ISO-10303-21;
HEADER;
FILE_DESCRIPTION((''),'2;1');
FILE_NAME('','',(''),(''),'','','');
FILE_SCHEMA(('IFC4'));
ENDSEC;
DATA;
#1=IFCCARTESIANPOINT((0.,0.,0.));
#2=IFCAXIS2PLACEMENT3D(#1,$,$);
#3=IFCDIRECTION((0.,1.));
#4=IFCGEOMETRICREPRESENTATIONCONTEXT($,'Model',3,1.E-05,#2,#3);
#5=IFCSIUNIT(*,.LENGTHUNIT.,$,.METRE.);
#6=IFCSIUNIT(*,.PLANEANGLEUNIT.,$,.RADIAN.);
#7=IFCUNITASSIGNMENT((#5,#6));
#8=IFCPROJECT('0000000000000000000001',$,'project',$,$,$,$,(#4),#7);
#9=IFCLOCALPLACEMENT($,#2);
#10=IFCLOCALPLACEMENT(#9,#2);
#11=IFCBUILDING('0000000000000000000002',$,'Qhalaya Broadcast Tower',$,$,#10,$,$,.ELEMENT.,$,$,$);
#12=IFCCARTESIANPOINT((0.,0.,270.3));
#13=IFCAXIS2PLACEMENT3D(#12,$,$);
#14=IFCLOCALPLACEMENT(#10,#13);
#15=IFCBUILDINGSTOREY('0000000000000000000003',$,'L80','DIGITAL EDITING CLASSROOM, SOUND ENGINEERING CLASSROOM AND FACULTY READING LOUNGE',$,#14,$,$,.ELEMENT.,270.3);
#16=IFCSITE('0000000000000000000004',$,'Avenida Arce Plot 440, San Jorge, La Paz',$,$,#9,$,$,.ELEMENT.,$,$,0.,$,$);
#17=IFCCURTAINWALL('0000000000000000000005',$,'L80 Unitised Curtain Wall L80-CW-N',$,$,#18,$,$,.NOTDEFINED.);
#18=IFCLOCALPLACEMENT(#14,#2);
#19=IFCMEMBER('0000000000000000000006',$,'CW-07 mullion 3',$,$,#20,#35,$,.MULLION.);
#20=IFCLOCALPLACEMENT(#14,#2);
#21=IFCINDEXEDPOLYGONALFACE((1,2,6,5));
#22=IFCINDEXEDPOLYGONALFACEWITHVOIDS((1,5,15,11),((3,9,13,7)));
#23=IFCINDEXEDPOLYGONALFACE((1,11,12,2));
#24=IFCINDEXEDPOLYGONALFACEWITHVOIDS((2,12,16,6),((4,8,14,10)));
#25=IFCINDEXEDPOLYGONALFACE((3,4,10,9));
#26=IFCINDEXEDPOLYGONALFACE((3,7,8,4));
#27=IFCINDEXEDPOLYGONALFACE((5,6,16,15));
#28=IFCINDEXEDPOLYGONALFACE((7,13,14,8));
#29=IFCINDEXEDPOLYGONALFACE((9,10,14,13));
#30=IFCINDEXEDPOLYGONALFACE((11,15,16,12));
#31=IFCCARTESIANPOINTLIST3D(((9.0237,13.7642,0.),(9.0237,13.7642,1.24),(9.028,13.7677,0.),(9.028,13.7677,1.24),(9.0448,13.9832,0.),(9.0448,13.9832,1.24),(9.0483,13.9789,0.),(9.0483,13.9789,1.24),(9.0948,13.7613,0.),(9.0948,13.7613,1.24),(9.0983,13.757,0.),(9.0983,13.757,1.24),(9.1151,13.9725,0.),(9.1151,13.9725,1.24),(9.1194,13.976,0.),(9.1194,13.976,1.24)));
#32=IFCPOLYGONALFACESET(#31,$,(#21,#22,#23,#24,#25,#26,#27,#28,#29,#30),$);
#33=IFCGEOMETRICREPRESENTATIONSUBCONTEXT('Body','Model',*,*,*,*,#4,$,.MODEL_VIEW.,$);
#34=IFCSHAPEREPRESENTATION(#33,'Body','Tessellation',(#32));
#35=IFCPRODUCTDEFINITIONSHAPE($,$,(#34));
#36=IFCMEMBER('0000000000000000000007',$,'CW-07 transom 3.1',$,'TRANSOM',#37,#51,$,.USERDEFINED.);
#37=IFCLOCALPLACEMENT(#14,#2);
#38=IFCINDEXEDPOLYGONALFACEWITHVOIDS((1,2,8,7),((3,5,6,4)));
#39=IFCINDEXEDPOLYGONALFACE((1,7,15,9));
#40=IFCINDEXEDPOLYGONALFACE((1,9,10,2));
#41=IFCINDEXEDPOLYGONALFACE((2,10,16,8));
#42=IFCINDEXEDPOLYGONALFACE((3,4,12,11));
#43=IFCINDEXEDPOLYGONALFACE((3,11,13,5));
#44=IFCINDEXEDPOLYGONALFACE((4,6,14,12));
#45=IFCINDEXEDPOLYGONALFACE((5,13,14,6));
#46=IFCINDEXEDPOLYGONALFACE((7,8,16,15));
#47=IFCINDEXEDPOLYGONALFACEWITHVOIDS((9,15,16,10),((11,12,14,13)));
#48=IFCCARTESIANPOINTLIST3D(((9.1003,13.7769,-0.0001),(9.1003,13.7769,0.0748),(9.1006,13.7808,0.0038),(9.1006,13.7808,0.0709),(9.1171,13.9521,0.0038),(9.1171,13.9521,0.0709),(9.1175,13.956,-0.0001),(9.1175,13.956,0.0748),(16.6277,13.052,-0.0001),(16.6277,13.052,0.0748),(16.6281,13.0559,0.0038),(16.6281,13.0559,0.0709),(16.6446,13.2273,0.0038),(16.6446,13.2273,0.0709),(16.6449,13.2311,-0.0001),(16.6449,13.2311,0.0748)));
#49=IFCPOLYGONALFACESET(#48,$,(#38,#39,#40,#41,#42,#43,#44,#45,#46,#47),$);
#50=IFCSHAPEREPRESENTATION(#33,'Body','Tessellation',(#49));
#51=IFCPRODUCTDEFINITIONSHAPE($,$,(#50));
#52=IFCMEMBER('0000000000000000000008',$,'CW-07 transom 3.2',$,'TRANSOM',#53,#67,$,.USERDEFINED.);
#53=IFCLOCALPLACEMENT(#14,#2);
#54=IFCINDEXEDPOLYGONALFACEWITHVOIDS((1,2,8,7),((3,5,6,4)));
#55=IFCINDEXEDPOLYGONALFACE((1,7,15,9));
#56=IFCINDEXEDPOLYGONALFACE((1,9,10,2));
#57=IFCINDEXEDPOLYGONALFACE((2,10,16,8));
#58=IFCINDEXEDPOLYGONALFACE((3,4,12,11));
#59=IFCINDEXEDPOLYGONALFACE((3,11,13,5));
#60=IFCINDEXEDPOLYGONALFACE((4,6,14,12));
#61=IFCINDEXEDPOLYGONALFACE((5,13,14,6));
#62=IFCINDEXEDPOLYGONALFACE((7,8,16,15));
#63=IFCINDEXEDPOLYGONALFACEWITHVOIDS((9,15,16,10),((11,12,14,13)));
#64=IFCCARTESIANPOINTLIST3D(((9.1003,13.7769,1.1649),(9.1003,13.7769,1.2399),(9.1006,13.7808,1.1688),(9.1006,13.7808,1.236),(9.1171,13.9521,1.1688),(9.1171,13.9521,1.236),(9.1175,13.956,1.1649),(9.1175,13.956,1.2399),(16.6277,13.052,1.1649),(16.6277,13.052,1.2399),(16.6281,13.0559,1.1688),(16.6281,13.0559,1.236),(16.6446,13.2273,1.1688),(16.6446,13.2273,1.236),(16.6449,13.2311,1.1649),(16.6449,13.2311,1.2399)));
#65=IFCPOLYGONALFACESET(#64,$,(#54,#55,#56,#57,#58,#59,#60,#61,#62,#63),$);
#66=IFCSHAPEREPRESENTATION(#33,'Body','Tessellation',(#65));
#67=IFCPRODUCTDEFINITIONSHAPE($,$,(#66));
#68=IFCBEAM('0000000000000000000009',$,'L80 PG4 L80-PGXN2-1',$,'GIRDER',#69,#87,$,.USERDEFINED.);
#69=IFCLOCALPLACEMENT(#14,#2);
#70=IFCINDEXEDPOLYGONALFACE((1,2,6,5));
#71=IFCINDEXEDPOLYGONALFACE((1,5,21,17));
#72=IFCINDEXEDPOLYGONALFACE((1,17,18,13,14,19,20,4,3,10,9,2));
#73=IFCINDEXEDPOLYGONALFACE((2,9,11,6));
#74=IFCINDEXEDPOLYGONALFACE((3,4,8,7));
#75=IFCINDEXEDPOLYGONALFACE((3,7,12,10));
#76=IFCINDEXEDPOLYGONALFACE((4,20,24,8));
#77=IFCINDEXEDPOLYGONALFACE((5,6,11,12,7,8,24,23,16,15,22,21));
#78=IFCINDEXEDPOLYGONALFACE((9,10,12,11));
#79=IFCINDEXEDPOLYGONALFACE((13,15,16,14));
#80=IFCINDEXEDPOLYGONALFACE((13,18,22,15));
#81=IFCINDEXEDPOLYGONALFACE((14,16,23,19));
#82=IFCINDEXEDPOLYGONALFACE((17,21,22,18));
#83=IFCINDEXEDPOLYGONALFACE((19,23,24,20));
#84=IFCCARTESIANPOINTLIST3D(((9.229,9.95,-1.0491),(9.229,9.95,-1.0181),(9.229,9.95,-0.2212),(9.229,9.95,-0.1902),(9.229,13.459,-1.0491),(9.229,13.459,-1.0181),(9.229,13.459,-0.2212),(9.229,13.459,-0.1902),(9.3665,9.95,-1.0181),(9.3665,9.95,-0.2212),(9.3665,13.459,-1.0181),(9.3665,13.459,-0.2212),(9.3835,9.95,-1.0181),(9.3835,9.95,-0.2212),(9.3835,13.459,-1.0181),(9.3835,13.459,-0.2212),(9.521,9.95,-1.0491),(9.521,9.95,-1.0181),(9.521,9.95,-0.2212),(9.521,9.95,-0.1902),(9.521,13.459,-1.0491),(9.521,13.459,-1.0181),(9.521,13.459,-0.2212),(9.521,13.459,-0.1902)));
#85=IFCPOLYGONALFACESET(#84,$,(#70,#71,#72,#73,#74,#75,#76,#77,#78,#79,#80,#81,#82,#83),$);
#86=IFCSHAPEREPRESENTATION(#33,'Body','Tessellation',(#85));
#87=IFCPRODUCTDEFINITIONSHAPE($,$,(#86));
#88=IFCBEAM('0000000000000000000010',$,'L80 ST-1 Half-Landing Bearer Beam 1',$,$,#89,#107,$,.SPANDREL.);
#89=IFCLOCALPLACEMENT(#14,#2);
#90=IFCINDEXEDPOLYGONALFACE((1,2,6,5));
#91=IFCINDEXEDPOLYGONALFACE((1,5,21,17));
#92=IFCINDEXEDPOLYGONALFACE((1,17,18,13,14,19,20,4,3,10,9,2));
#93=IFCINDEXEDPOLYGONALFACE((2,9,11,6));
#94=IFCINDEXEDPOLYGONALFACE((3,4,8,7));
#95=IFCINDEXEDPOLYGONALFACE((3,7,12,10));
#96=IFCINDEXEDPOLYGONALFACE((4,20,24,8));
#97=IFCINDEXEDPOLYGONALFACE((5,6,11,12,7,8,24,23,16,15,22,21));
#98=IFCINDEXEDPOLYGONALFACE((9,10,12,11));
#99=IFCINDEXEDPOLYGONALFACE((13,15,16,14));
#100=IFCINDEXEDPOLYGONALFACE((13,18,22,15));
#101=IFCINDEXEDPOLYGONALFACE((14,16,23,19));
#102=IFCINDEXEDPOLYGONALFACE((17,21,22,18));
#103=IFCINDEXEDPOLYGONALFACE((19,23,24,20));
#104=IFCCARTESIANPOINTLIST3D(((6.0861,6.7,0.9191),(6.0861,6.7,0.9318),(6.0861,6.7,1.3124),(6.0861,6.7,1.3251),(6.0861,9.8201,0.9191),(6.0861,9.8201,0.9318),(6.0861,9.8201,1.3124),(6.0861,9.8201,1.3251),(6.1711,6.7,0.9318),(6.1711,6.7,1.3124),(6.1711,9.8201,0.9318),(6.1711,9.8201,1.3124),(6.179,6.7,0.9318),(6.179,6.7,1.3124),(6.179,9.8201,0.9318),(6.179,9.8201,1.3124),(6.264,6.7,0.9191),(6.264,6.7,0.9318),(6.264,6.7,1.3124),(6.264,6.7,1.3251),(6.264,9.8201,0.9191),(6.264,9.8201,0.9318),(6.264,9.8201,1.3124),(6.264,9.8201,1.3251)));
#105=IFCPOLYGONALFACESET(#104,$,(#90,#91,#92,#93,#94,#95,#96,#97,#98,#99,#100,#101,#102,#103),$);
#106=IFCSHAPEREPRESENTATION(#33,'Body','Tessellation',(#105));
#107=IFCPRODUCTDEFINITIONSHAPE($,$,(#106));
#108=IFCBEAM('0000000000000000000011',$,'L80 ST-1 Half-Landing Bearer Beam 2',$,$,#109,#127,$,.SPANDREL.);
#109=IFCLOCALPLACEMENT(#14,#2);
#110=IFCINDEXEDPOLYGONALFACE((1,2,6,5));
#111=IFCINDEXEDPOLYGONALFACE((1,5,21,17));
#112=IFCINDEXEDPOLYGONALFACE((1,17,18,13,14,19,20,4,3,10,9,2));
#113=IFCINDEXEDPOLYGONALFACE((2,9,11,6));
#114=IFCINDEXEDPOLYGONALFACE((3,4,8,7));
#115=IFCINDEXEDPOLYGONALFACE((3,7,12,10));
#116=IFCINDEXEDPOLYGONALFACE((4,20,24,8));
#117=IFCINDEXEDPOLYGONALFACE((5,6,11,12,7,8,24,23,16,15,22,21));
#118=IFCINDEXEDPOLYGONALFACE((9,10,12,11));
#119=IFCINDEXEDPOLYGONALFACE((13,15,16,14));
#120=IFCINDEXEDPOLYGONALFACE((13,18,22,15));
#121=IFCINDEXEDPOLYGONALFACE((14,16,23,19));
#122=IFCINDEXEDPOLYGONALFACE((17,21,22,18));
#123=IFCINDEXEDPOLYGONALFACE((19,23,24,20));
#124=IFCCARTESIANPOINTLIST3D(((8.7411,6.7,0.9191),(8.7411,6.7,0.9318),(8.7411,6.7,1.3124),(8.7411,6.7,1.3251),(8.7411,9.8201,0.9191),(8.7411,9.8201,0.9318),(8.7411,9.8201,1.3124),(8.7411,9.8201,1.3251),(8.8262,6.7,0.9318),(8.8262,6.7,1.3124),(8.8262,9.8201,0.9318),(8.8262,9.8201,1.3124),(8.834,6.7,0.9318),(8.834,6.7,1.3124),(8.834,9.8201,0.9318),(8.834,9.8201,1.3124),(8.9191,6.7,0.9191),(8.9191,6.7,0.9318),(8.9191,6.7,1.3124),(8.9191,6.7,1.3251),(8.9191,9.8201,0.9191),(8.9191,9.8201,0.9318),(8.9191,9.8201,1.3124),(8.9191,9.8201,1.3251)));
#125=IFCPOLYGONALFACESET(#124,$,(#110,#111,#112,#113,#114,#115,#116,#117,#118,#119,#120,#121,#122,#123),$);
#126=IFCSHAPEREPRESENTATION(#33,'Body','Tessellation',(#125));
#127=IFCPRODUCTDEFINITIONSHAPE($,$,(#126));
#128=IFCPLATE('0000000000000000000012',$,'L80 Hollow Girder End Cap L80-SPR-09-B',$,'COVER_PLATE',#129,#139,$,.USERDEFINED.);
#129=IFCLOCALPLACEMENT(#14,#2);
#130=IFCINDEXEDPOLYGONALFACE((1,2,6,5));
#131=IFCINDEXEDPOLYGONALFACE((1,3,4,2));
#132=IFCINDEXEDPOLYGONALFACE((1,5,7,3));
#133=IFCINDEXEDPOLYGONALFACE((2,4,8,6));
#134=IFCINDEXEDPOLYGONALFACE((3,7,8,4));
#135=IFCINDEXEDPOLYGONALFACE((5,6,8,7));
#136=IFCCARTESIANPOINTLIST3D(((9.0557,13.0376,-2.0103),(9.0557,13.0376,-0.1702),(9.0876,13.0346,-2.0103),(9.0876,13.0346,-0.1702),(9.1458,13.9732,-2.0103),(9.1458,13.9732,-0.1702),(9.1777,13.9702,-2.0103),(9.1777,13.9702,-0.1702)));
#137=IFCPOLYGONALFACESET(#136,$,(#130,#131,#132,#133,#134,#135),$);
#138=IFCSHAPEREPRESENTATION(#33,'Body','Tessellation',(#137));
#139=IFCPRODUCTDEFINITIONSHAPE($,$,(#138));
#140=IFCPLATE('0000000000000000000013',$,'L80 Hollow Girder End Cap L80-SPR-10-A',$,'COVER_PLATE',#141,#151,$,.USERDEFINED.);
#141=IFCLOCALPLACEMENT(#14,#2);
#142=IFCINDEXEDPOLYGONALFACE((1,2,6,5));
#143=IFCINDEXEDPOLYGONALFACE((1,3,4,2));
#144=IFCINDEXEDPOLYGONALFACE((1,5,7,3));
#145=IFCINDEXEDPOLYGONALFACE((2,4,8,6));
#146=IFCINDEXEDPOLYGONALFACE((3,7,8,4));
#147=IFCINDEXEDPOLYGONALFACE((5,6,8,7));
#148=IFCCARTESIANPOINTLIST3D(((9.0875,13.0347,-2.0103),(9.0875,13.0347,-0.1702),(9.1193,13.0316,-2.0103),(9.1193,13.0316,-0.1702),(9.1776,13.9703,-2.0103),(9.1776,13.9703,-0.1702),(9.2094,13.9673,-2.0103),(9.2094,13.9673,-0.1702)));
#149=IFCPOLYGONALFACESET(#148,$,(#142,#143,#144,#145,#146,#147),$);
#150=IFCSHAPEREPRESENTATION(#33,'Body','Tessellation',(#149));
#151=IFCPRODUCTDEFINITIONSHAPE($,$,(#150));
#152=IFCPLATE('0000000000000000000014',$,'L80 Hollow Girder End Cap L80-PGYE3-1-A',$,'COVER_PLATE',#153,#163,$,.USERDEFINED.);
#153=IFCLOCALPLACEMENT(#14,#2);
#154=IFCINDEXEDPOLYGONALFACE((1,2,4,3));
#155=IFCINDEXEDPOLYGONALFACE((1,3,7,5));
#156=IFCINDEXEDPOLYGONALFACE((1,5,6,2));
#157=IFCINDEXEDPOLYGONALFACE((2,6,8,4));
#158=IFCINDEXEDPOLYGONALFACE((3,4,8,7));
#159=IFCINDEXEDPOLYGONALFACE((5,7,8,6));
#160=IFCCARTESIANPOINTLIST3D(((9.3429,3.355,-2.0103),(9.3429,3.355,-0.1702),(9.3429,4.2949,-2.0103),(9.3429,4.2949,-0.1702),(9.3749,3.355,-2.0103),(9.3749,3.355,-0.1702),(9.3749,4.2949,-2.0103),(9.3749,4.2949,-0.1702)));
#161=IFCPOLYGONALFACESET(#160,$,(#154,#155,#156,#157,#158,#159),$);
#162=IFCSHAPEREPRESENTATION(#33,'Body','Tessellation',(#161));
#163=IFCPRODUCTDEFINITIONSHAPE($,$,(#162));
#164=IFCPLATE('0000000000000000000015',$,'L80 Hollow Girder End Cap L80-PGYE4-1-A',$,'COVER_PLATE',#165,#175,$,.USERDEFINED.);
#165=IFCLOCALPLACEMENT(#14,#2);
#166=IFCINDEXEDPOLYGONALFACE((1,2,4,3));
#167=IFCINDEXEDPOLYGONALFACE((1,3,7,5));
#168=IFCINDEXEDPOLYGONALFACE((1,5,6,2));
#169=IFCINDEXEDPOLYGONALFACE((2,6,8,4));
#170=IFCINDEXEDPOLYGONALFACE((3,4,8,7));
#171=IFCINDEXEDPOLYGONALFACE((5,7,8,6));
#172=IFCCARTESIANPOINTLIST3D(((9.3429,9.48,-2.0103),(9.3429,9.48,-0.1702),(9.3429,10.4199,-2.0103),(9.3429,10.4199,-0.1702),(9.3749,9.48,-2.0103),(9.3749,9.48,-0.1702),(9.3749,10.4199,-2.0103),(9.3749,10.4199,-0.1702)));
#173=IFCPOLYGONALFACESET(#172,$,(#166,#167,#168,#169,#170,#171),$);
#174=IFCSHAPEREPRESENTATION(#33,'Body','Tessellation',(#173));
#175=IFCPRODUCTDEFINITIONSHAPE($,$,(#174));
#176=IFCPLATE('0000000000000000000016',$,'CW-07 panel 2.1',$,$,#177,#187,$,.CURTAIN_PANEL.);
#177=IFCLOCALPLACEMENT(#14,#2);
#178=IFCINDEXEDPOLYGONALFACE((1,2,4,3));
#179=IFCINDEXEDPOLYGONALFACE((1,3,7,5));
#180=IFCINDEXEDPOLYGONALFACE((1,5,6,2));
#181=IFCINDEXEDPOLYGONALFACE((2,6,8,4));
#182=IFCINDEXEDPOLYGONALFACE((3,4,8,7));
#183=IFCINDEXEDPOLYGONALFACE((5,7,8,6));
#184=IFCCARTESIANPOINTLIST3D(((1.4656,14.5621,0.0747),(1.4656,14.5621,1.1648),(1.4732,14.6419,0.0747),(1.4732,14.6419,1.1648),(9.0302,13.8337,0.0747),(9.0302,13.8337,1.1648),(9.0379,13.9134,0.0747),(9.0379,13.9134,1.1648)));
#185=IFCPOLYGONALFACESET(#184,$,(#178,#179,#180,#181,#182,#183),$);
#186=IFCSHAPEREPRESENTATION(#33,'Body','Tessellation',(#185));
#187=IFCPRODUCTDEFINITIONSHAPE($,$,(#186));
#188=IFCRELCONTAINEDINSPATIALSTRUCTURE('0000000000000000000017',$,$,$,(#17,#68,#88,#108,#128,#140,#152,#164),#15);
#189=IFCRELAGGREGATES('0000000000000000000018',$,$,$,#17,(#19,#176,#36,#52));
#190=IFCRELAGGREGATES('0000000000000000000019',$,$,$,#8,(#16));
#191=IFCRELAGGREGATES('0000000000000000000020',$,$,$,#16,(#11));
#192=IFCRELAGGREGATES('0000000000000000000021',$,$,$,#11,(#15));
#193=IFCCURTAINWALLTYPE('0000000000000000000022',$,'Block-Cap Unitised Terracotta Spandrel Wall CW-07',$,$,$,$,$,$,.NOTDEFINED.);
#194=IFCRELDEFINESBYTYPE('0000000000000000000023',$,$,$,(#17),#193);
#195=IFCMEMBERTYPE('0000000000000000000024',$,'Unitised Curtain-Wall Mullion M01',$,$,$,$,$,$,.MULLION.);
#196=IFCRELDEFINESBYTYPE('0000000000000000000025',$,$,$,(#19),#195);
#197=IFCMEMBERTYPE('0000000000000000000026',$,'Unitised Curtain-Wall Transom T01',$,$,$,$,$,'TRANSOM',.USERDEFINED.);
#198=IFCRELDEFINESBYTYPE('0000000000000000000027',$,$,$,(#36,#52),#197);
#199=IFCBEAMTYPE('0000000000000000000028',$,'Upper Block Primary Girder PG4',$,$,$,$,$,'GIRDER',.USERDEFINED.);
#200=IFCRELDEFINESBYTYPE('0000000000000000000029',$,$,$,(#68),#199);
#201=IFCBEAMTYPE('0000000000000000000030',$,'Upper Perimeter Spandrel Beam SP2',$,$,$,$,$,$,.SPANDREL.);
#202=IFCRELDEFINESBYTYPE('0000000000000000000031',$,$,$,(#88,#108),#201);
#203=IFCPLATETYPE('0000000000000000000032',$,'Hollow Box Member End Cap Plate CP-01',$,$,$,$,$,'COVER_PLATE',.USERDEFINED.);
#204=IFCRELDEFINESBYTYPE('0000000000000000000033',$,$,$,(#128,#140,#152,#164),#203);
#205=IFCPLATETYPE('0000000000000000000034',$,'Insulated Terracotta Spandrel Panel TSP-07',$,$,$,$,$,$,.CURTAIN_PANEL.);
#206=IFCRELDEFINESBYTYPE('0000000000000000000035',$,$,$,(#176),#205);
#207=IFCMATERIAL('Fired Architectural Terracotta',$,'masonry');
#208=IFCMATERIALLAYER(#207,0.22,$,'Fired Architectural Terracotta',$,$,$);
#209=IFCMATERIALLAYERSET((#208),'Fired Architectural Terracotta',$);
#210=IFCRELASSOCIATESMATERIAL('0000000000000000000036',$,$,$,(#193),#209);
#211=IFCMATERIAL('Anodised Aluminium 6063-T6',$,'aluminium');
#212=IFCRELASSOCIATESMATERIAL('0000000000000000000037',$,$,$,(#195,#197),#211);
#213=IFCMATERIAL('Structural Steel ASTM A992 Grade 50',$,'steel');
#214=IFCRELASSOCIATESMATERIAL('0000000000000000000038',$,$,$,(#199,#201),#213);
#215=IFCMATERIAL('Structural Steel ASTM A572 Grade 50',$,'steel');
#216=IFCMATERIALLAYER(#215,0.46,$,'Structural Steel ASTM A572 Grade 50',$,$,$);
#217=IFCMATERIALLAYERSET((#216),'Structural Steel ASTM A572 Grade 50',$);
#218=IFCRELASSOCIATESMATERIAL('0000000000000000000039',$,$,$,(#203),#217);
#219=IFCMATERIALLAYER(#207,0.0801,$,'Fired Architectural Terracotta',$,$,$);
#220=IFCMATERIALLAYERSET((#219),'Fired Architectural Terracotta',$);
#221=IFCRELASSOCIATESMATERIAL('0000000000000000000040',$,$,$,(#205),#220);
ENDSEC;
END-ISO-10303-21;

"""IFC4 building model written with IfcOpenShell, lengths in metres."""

from ifc_helpers import new_model, si_unit, direction, frame, origin, origin_2d, place, context, subcontext, project, spatial, rectangle, hollow_rectangle, i_section, extrude, material, layer, layer_set, material_profile, profile_set, type_object, element, aggregate, save


model = new_model("IFC4")

# Units and contexts
model_context = context("Model", 3, precision=1e-05, world=origin(), true_north=direction((0.0, 1.0)))
body_context = subcontext(model_context, "Body", "Model", "MODEL_VIEW")
ifc_project = project(units=[si_unit("LENGTHUNIT", "METRE"), si_unit("PLANEANGLEUNIT", "RADIAN")], contexts=[model_context])

# Site, building, storey
site_placement = place(None, origin())
site = spatial("IfcSite", under=ifc_project, at=site_placement, Name="Avenida Arce Plot 440, San Jorge, La Paz", CompositionType="ELEMENT", RefElevation=0.0)
building_placement = place(site_placement, origin())
building = spatial("IfcBuilding", under=site, at=building_placement, Name="Qhalaya Broadcast Tower", CompositionType="ELEMENT")
storey_placement = place(building_placement, frame((0.0, 0.0, 270.3)))
storey = spatial("IfcBuildingStorey", under=building, at=storey_placement, Name="L80", Description="DIGITAL EDITING CLASSROOM, SOUND ENGINEERING CLASSROOM AND FACULTY READING LOUNGE", CompositionType="ELEMENT", Elevation=270.3)

# Shared definitions
ifc_material_1 = material(Name="Structural Steel ASTM A572 Grade 50", Category="steel")

# Shared definitions
ifc_material_2 = material(Name="Structural Steel ASTM A992 Grade 50", Category="steel")

# Curtain wall, members
ifc_material_3 = material(Name="Fired Architectural Terracotta", Category="masonry")
ifc_layer_1 = layer(ifc_material_3, 0.22, Name="Fired Architectural Terracotta")
ifc_layer_set_1 = layer_set([ifc_layer_1], Name="Fired Architectural Terracotta")
curtain_wall_type = type_object("IfcCurtainWallType", Name="Block-Cap Unitised Terracotta Spandrel Wall CW-07", PredefinedType="NOTDEFINED", material=ifc_layer_set_1)
curtain_wall_placement = place(storey_placement, origin())
curtain_wall = element("IfcCurtainWall", 1, at=curtain_wall_placement, inside=storey, type_object=curtain_wall_type, Name="L80 Unitised Curtain Wall L80-CW-N", PredefinedType="NOTDEFINED")
ifc_material_4 = material(Name="Anodised Aluminium 6063-T6", Category="aluminium")
ifc_material_profile_1 = material_profile(ifc_material_4, hollow_rectangle(XDim=0.075, YDim=0.22, WallThickness=0.0039, at=origin_2d()), Name="ALU-MUL 75x220x4")
ifc_profile_set_1 = profile_set([ifc_material_profile_1], Name="Anodised Aluminium 6063-T6")
member_type_1 = type_object("IfcMemberType", Name="Unitised Curtain-Wall Mullion M01", PredefinedType="MULLION", material=ifc_profile_set_1)
member_1_placement = place(storey_placement, frame((9.0715, 13.8701, 0.0), z_axis=(0.0, 0.0, 1.0), x_axis=(0.995396, -0.095848, 0.0)))
member_1 = element("IfcMember", 2, at=member_1_placement, type_object=member_type_1, Name="CW-07 mullion 3", PredefinedType="MULLION", context=body_context, shape_type="SweptSolid", body=[
    extrude(hollow_rectangle(XDim=0.075, YDim=0.22, WallThickness=0.0039, at=origin_2d()), origin(), (0.0, 0.0, 1.0), 1.24),
])
ifc_material_profile_2 = material_profile(ifc_material_4, hollow_rectangle(XDim=0.075, YDim=0.1799, WallThickness=0.0039, at=origin_2d()), Name="ALU-TRN 75x180x4")
ifc_profile_set_2 = profile_set([ifc_material_profile_2], Name="Anodised Aluminium 6063-T6")
member_type_2 = type_object("IfcMemberType", Name="Unitised Curtain-Wall Transom T01", ElementType="TRANSOM", PredefinedType="USERDEFINED", material=ifc_profile_set_2)
member_2_placement = place(storey_placement, frame((9.1089, 13.8665, 0.0374), z_axis=(0.995396, -0.095853, 0.0), x_axis=(0.0, 0.0, 1.0)))
member_2 = element("IfcMember", 3, at=member_2_placement, type_object=member_type_2, Name="CW-07 transom 3.1", ObjectType="TRANSOM", PredefinedType="USERDEFINED", context=body_context, shape_type="SweptSolid", body=[
    extrude(hollow_rectangle(XDim=0.075, YDim=0.1799, WallThickness=0.0039, at=origin_2d()), origin(), (0.0, 0.0, 1.0), 7.5623),
])
member_3_placement = place(storey_placement, frame((9.1089, 13.8665, 1.2024), z_axis=(0.995396, -0.095853, 0.0), x_axis=(0.0, 0.0, 1.0)))
member_3 = element("IfcMember", 4, at=member_3_placement, type_object=member_type_2, Name="CW-07 transom 3.2", ObjectType="TRANSOM", PredefinedType="USERDEFINED", context=body_context, shape_type="SweptSolid", body=[
    extrude(hollow_rectangle(XDim=0.075, YDim=0.1799, WallThickness=0.0039, at=origin_2d()), origin(), (0.0, 0.0, 1.0), 7.5623),
])

# Beams
ifc_material_profile_3 = material_profile(ifc_material_2, i_section(OverallWidth=0.292, OverallDepth=0.8589, WebThickness=0.0171, FlangeThickness=0.031, at=origin_2d()), Name="W33X169")
ifc_profile_set_3 = profile_set([ifc_material_profile_3], Name="Structural Steel ASTM A992 Grade 50")
beam_type_1 = type_object("IfcBeamType", Name="Upper Block Primary Girder PG4", ElementType="GIRDER", PredefinedType="USERDEFINED", material=ifc_profile_set_3)
beam_1_placement = place(storey_placement, frame((9.375, 9.95, -0.6196), z_axis=(0.0, 1.0, 0.0), x_axis=(-1.0, 0.0, 0.0)))
element("IfcBeam", 5, at=beam_1_placement, inside=storey, type_object=beam_type_1, Name="L80 PG4 L80-PGXN2-1", ObjectType="GIRDER", PredefinedType="USERDEFINED", context=body_context, shape_type="SweptSolid", body=[
    extrude(i_section(OverallWidth=0.292, OverallDepth=0.8589, WebThickness=0.0171, FlangeThickness=0.031, at=origin_2d()), origin(), (0.0, 0.0, 1.0), 3.509),
])
ifc_material_profile_4 = material_profile(ifc_material_2, i_section(OverallWidth=0.178, OverallDepth=0.406, WebThickness=0.0078, FlangeThickness=0.0127, at=origin_2d()), Name="W16X40")
ifc_profile_set_4 = profile_set([ifc_material_profile_4], Name="Structural Steel ASTM A992 Grade 50")
beam_type_2 = type_object("IfcBeamType", Name="Upper Perimeter Spandrel Beam SP2", PredefinedType="SPANDREL", material=ifc_profile_set_4)
for number, where, z_axis, x_axis, name in (
    (6, (6.175, 6.7, 1.1221), (0.0, 1.0, 0.0), (-1.0, 0.0, 0.0), "L80 ST-1 Half-Landing Bearer Beam 1"),
    (7, (8.8301, 6.7, 1.1221), (0.0, 1.0, 0.0), (-1.0, 0.0, 0.0), "L80 ST-1 Half-Landing Bearer Beam 2"),
):
    element("IfcBeam", number, at=place(storey_placement, frame(where, z_axis=z_axis, x_axis=x_axis)), inside=storey, type_object=beam_type_2, Name=name, PredefinedType="SPANDREL", context=body_context, shape_type="SweptSolid", body=[
        extrude(i_section(OverallWidth=0.178, OverallDepth=0.406, WebThickness=0.0078, FlangeThickness=0.0127, at=origin_2d()), origin(), (0.0, 0.0, 1.0), 3.1201),
    ])

# Plates
ifc_layer_2 = layer(ifc_material_1, 0.46, Name="Structural Steel ASTM A572 Grade 50")
ifc_layer_set_2 = layer_set([ifc_layer_2], Name="Structural Steel ASTM A572 Grade 50")
plate_type_1 = type_object("IfcPlateType", Name="Hollow Box Member End Cap Plate CP-01", ElementType="COVER_PLATE", PredefinedType="USERDEFINED", material=ifc_layer_set_2)
for number, where, z_axis, x_axis, name in (
    (8, (9.1167, 13.5039, -2.0103), (0.0, 0.0, 1.0), (-0.095828, -0.995398, 0.0), "L80 Hollow Girder End Cap L80-SPR-09-B"),
    (9, (9.1484, 13.501, -2.0103), (0.0, 0.0, 1.0), (-0.095846, -0.995396, 0.0), "L80 Hollow Girder End Cap L80-SPR-10-A"),
    (10, (9.3589, 3.825, -2.0103), (0.0, 0.0, 1.0), (0.0, 1.0, 0.0), "L80 Hollow Girder End Cap L80-PGYE3-1-A"),
    (11, (9.3589, 9.95, -2.0103), (0.0, 0.0, 1.0), (0.0, 1.0, 0.0), "L80 Hollow Girder End Cap L80-PGYE4-1-A"),
):
    element("IfcPlate", number, at=place(storey_placement, frame(where, z_axis=z_axis, x_axis=x_axis)), inside=storey, type_object=plate_type_1, Name=name, ObjectType="COVER_PLATE", PredefinedType="USERDEFINED", context=body_context, shape_type="SweptSolid", body=[
        extrude(rectangle(XDim=0.9399, YDim=0.032, at=origin_2d()), origin(), (0.0, 0.0, 1.0), 1.8401),
    ])

# Plate
ifc_layer_3 = layer(ifc_material_3, 0.0801, Name="Fired Architectural Terracotta")
ifc_layer_set_3 = layer_set([ifc_layer_3], Name="Fired Architectural Terracotta")
plate_type_2 = type_object("IfcPlateType", Name="Insulated Terracotta Spandrel Panel TSP-07", PredefinedType="CURTAIN_PANEL", material=ifc_layer_set_3)
plate_placement = place(storey_placement, frame((5.2517, 14.2378, 0.0747), z_axis=(0.0, 0.0, 1.0), x_axis=(0.995396, -0.095848, 0.0)))
plate = element("IfcPlate", 12, at=plate_placement, type_object=plate_type_2, Name="CW-07 panel 2.1", PredefinedType="CURTAIN_PANEL", context=body_context, shape_type="SweptSolid", body=[
    extrude(rectangle(XDim=7.5996, YDim=0.0801, at=origin_2d()), origin(), (0.0, 0.0, 1.0), 1.0901),
])
aggregate(curtain_wall, [member_1, plate, member_2, member_3])

save(model, "model.ifc")
